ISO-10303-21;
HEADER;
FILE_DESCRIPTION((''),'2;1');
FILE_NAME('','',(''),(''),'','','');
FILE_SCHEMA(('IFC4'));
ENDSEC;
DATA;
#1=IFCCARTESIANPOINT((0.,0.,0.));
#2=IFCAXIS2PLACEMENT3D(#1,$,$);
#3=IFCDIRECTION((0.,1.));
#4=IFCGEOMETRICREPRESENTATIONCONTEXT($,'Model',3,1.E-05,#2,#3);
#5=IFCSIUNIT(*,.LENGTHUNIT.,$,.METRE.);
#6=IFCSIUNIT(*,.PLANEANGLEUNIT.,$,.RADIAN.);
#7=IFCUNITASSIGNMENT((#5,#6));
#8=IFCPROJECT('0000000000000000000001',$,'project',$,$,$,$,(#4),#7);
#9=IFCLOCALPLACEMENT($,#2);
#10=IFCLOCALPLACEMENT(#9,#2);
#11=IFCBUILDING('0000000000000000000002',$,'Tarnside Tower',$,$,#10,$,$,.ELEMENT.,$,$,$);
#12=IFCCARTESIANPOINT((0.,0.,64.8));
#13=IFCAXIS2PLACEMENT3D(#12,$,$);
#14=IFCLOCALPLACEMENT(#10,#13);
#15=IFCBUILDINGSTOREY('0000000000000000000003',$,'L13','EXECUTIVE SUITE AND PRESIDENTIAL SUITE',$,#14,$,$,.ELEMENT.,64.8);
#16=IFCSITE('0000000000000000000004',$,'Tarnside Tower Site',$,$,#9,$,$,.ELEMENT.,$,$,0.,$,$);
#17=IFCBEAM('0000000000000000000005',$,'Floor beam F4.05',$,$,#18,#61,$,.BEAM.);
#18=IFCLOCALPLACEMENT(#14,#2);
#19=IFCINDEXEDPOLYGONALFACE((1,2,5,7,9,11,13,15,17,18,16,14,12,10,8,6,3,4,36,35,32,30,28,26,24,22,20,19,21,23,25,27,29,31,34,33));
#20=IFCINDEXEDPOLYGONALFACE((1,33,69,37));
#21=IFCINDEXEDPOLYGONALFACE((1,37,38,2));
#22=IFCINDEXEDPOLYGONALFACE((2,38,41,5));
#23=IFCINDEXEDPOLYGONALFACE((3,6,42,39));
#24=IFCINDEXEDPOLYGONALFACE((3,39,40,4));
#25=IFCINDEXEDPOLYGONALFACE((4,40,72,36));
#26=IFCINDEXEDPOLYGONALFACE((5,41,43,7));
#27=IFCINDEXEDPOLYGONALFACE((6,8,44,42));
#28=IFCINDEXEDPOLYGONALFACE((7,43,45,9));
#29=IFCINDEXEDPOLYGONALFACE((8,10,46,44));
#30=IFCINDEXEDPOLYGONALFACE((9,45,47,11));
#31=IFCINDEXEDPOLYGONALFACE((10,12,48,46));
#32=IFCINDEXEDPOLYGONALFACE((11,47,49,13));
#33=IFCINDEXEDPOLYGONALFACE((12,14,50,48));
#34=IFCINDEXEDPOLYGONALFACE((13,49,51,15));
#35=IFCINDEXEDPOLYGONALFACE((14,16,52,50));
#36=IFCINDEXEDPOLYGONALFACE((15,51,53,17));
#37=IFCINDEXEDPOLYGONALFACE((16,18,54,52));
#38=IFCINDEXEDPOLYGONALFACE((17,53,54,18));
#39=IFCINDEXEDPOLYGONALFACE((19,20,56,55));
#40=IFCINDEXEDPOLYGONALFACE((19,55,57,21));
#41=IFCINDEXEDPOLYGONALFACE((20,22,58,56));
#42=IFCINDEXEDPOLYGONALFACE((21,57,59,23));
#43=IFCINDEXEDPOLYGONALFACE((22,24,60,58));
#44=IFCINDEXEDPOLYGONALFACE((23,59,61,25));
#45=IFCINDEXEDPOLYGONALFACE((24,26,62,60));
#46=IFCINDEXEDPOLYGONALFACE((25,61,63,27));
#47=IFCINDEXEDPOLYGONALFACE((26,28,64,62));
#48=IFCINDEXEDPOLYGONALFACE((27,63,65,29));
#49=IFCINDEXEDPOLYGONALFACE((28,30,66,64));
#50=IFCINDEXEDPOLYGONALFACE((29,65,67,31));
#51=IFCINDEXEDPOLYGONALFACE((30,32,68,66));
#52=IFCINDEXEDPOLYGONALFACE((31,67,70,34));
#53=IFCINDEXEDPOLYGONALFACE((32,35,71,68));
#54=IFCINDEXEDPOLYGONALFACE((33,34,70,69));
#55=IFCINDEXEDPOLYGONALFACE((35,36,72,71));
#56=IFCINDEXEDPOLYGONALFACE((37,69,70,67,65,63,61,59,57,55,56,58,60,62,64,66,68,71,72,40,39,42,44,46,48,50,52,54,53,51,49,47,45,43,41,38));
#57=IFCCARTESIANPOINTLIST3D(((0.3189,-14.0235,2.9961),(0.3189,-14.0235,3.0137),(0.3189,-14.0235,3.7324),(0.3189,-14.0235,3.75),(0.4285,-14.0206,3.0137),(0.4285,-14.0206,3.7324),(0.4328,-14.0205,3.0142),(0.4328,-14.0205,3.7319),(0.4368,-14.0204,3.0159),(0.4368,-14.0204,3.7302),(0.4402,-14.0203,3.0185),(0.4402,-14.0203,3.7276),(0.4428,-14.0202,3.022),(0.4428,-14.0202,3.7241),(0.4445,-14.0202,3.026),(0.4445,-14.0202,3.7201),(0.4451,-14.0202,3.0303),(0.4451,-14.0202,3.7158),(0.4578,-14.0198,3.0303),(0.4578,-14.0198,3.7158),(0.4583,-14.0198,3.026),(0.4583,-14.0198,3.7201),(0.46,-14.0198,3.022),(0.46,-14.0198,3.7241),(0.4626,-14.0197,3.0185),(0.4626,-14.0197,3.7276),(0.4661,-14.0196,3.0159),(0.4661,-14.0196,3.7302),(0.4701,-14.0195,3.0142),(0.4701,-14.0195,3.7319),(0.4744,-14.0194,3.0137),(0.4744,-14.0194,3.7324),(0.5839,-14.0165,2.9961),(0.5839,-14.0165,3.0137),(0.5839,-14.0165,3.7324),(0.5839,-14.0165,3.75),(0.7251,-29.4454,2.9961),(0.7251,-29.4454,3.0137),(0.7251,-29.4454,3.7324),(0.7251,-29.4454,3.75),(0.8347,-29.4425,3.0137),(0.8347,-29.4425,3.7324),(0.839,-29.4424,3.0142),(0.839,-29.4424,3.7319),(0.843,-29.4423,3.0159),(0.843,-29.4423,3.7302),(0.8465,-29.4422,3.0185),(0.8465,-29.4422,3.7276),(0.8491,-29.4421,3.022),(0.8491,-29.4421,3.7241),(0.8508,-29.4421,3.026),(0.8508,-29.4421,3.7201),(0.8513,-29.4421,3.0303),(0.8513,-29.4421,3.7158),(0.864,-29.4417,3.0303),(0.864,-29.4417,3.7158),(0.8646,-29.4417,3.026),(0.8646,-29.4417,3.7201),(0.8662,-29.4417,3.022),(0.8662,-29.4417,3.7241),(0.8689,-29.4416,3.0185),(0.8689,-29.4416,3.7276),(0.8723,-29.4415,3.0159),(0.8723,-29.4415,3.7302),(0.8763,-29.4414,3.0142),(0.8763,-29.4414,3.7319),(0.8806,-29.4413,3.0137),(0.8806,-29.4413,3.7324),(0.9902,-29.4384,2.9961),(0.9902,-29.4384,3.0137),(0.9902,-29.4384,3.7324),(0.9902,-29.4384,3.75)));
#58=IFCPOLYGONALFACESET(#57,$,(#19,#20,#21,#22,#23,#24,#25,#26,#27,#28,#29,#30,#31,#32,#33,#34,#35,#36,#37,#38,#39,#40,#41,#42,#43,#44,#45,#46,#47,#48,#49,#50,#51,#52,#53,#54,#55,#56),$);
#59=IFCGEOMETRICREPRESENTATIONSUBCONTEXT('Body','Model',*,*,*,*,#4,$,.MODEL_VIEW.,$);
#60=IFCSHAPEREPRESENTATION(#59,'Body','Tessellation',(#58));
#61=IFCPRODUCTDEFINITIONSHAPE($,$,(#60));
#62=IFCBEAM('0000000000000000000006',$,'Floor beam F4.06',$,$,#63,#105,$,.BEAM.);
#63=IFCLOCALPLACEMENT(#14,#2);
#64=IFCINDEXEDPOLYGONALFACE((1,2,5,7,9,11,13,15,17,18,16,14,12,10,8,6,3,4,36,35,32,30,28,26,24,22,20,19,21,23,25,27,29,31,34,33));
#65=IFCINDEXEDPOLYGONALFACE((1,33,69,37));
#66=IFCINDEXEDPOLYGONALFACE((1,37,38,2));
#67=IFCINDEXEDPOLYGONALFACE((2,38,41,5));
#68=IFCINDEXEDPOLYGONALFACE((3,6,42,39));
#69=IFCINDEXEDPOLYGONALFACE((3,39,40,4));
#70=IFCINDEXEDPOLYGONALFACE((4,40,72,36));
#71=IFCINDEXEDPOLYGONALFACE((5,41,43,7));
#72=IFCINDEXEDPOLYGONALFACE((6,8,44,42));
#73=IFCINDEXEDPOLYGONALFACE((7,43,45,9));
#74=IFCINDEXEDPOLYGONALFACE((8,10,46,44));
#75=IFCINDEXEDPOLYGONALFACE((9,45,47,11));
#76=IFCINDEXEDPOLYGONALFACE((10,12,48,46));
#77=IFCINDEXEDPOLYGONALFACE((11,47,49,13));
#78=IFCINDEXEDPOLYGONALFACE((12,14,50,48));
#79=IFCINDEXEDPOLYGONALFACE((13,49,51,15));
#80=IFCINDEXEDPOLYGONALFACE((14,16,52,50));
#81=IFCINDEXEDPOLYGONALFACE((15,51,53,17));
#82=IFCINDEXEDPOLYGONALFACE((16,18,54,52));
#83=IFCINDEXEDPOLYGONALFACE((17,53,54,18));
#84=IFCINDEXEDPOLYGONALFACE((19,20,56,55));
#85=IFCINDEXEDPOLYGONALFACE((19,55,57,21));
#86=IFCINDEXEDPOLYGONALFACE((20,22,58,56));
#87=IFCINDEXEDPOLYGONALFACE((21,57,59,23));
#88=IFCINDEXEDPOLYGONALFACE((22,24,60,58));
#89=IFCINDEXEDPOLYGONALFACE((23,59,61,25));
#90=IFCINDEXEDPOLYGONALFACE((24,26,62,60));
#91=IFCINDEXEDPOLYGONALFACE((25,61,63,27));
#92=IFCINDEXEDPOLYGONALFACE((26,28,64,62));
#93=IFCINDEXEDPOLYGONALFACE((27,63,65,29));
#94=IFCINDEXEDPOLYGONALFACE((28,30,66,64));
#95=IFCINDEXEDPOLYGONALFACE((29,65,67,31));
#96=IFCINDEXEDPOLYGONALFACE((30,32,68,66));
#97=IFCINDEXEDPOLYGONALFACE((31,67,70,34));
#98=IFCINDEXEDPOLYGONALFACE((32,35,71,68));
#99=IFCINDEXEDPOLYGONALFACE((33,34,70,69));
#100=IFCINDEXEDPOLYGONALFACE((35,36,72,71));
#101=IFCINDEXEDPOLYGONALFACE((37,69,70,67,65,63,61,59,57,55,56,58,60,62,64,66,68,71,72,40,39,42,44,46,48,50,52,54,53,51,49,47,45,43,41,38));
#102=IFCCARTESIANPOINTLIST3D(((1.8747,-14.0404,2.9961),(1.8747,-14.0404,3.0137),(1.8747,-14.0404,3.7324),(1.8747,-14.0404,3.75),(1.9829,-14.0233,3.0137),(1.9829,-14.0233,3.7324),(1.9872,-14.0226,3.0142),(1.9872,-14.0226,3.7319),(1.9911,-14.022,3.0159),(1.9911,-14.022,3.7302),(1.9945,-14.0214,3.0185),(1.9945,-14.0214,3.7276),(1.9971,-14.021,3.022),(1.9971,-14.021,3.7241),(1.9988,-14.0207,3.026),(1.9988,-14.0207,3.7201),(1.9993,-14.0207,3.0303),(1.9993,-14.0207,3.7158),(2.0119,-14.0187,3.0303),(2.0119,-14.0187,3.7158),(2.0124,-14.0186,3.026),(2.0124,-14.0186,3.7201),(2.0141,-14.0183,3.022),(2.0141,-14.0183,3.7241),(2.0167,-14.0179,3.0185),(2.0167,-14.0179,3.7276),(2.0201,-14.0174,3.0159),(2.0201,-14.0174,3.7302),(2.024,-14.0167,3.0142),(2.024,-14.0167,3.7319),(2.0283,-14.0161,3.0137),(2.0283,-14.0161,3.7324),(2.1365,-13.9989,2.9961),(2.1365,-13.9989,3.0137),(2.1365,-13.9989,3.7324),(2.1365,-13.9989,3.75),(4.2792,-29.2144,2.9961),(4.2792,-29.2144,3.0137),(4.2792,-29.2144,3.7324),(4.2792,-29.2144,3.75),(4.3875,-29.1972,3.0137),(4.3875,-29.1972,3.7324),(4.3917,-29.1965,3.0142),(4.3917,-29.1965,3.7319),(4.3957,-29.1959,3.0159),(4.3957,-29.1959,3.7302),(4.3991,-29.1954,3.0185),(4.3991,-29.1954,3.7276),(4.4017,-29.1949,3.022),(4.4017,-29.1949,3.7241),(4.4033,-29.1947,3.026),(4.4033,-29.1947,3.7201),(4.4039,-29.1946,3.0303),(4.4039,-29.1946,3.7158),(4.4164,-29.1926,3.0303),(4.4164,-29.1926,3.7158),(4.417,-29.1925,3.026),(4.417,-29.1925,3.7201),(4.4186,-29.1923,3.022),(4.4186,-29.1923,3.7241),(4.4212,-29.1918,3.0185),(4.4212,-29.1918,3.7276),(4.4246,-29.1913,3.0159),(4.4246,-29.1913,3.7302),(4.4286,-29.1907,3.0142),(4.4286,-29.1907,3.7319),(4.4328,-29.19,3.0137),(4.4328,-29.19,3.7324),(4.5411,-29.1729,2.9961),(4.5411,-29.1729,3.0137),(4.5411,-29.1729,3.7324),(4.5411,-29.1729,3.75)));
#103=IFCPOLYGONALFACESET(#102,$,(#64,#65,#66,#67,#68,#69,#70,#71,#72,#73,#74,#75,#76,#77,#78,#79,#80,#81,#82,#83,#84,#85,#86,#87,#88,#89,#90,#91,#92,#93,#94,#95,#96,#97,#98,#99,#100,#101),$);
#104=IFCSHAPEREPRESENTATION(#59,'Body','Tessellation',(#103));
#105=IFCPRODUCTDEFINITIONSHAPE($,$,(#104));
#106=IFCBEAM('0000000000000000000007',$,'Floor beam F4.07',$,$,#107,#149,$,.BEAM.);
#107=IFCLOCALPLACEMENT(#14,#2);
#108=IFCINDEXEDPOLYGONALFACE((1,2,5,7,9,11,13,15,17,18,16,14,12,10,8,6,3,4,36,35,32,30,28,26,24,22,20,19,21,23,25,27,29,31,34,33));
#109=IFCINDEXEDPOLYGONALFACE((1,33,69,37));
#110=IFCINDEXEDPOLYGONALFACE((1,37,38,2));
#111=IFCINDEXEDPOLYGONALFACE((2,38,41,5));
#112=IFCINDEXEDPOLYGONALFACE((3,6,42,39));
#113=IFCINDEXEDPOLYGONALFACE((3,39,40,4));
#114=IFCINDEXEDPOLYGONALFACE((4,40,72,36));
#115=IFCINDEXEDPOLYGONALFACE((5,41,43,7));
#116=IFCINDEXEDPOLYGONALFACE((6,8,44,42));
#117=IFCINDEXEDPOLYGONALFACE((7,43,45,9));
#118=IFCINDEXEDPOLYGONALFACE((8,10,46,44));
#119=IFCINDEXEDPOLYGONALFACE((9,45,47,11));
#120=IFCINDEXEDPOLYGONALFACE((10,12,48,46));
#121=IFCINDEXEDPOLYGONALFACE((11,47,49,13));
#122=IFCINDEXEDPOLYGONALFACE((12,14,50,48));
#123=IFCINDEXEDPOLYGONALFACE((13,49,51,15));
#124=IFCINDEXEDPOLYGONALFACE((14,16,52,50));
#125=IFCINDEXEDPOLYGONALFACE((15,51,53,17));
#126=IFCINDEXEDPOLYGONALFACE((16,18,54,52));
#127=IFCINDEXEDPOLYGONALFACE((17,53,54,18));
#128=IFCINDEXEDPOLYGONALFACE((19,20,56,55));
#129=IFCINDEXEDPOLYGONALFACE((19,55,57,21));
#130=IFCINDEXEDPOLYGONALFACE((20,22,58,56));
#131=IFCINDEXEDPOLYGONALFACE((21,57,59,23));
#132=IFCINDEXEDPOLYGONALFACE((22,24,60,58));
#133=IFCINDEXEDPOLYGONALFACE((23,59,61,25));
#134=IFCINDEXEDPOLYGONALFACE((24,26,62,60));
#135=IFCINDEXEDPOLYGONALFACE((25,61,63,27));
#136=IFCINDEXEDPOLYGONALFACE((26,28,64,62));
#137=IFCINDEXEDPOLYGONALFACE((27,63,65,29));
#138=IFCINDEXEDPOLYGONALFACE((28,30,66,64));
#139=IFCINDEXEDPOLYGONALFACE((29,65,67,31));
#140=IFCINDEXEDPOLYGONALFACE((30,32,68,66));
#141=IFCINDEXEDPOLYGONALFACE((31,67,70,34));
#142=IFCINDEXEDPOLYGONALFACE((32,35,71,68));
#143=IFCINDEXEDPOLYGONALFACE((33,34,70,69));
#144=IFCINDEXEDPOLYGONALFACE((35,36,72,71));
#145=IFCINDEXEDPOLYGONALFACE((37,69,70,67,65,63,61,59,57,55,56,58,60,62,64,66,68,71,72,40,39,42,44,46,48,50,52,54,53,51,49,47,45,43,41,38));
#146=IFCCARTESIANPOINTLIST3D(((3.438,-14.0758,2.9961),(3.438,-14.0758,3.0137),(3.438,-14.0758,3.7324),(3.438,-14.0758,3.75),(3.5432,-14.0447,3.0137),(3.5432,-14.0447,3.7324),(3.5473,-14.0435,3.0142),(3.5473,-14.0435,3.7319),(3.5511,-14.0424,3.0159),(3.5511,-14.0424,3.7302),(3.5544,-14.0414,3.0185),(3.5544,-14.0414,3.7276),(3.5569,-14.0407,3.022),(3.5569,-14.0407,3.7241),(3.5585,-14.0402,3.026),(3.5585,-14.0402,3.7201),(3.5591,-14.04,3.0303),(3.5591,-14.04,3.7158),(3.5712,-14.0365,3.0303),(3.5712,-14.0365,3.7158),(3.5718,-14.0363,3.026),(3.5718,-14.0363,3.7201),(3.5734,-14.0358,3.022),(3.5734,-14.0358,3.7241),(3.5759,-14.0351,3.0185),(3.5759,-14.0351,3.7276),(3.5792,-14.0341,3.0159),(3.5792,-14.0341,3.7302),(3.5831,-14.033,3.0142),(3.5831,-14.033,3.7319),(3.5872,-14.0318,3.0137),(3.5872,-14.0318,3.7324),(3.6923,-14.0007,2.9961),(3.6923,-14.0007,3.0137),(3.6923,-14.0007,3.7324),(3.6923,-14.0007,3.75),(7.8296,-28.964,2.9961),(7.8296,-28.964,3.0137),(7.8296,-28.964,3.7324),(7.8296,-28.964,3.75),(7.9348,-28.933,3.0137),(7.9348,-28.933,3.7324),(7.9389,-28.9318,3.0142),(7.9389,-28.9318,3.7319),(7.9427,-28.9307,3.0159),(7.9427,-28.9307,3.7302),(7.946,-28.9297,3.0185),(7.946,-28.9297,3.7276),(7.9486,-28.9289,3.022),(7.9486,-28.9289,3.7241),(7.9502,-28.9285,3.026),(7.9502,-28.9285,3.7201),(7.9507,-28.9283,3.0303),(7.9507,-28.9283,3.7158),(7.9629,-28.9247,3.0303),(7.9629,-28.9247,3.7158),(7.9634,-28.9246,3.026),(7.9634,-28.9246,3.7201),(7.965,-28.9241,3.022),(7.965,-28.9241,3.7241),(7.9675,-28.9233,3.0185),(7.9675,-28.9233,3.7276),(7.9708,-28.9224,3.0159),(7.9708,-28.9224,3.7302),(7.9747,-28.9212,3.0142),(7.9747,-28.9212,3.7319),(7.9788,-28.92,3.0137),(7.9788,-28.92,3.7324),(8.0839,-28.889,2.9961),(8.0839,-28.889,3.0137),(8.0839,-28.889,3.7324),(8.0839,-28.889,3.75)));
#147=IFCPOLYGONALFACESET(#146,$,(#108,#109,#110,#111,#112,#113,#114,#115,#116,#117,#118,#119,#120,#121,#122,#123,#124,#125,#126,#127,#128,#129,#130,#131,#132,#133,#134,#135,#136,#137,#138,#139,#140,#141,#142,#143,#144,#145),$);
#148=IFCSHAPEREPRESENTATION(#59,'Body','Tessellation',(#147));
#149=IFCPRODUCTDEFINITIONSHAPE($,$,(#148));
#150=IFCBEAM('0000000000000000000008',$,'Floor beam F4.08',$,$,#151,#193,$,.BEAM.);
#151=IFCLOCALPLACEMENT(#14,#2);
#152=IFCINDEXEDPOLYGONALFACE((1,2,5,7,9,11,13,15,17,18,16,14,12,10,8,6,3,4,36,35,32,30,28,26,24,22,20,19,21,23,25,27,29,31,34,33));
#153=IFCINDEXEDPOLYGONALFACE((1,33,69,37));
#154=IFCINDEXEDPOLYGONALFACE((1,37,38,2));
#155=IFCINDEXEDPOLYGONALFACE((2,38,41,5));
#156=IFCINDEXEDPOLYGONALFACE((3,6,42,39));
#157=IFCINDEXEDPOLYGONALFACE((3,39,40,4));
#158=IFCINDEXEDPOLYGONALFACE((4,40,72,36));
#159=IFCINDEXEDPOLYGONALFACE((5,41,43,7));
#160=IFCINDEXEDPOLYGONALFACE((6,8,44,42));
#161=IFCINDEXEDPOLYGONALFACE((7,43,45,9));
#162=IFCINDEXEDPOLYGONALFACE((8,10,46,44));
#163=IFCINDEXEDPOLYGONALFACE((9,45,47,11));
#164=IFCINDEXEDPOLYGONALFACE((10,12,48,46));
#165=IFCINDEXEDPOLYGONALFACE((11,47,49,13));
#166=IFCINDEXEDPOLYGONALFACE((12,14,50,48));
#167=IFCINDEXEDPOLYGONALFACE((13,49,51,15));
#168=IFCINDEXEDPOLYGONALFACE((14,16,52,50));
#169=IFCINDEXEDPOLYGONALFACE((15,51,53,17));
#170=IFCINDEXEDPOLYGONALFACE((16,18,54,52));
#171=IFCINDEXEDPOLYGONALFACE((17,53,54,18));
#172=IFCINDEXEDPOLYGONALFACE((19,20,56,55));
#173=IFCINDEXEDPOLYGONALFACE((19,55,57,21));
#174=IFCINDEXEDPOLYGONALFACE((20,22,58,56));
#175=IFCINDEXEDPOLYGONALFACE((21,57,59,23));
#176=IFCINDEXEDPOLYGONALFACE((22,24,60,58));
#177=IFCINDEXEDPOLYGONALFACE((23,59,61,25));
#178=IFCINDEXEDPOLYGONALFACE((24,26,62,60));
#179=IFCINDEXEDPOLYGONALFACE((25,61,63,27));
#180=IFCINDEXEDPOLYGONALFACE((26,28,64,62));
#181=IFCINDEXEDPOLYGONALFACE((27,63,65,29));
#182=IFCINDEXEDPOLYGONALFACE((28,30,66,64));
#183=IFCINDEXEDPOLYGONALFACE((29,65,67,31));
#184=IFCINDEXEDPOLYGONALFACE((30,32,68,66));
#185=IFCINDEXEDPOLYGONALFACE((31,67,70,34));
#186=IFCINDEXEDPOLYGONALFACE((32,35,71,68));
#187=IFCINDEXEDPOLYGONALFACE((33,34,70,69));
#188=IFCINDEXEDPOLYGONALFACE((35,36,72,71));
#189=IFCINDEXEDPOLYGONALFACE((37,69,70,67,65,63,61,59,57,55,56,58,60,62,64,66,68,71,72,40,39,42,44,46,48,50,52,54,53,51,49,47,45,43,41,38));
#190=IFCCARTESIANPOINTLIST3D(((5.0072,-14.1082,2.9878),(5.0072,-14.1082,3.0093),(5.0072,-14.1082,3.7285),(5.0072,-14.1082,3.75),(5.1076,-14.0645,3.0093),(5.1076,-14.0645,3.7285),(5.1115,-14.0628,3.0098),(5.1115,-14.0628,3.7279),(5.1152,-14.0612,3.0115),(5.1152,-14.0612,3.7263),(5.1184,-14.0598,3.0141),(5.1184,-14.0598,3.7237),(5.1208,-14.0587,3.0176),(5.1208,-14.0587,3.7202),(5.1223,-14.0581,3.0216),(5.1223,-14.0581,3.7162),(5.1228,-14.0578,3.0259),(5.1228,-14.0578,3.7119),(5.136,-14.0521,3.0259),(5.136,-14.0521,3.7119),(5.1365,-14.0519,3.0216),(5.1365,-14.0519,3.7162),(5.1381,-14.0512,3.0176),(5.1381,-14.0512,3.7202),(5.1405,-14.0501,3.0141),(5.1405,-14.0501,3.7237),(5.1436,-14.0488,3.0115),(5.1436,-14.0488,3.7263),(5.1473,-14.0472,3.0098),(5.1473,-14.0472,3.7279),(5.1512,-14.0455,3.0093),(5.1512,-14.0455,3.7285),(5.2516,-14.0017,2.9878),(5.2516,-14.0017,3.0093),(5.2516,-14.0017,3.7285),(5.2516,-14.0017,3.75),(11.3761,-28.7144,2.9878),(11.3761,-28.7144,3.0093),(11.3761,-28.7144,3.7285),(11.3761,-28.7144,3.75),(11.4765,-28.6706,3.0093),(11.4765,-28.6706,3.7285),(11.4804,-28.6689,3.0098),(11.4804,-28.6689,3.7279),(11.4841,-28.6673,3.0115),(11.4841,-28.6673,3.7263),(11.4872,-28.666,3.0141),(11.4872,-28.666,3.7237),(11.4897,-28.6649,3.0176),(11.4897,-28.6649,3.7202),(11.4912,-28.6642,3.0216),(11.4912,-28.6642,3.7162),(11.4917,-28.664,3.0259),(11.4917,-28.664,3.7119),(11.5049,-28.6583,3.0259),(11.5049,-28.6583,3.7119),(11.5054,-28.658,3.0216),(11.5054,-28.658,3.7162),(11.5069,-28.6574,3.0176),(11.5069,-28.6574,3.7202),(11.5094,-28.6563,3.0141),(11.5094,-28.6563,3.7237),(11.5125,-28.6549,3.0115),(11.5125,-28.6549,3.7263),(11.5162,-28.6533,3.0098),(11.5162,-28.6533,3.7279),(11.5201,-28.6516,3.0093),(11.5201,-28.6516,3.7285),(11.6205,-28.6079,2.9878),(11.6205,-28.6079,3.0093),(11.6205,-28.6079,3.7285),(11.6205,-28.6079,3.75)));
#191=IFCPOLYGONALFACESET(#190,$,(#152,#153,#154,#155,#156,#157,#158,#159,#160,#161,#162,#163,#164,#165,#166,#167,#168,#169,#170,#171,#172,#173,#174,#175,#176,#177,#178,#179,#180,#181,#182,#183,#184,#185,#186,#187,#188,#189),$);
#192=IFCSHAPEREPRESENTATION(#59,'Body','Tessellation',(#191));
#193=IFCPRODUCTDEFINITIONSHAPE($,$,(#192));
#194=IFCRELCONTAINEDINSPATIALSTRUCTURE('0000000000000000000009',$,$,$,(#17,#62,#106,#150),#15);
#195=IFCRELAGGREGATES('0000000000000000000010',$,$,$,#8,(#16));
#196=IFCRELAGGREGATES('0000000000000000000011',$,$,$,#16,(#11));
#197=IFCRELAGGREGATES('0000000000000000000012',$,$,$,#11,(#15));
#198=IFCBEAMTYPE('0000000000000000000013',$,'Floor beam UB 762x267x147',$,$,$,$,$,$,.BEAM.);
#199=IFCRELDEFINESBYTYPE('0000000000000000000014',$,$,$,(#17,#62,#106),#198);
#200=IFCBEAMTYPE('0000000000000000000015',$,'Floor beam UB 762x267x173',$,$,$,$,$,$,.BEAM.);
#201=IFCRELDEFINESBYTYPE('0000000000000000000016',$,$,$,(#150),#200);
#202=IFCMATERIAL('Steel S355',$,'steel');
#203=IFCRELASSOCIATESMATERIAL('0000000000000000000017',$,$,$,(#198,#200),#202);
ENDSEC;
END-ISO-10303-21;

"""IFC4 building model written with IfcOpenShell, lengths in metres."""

from ifc_helpers import new_model, si_unit, direction, frame, origin, origin_2d, place, context, subcontext, project, spatial, i_section, extrude, material, material_profile, profile_set, type_object, element, save


model = new_model("IFC4")

# Units and contexts
model_context = context("Model", 3, precision=1e-05, world=origin(), true_north=direction((0.0, 1.0)))
body_context = subcontext(model_context, "Body", "Model", "MODEL_VIEW")
ifc_project = project(units=[si_unit("LENGTHUNIT", "METRE"), si_unit("PLANEANGLEUNIT", "RADIAN")], contexts=[model_context])

# Site, building, storey
site_placement = place(None, origin())
site = spatial("IfcSite", under=ifc_project, at=site_placement, Name="Tarnside Tower Site", CompositionType="ELEMENT", RefElevation=0.0)
building_placement = place(site_placement, origin())
building = spatial("IfcBuilding", under=site, at=building_placement, Name="Tarnside Tower", CompositionType="ELEMENT")
storey_placement = place(building_placement, frame((0.0, 0.0, 64.8)))
storey = spatial("IfcBuildingStorey", under=building, at=storey_placement, Name="L13", Description="EXECUTIVE SUITE AND PRESIDENTIAL SUITE", CompositionType="ELEMENT", Elevation=64.8)

# Beams
ifc_material_1 = material(Name="Steel S355", Category="steel")
ifc_material_profile_1 = material_profile(ifc_material_1, i_section(OverallWidth=0.2651, OverallDepth=0.7539, WebThickness=0.0127, FlangeThickness=0.0176, FilletRadius=0.0166, at=origin_2d()), Name="UB 762x267x147")
ifc_profile_set_1 = profile_set([ifc_material_profile_1], Name="Steel S355")
beam_type_1 = type_object("IfcBeamType", Name="Floor beam UB 762x267x147", PredefinedType="BEAM", material=ifc_profile_set_1)
beam_1_placement = place(storey_placement, frame((0.8577, -29.4419, 3.373), z_axis=(-0.026333, 0.999653, 0.0), x_axis=(-0.999653, -0.026333, 0.0)))
element("IfcBeam", 1, at=beam_1_placement, inside=storey, type_object=beam_type_1, Name="Floor beam F4.05", PredefinedType="BEAM", context=body_context, shape_type="SweptSolid", body=[
    extrude(i_section(OverallWidth=0.2651, OverallDepth=0.7539, WebThickness=0.0127, FlangeThickness=0.0176, FilletRadius=0.0166, at=origin_2d()), origin(), (0.0, 0.0, 1.0), 15.4272),
])
beam_2_placement = place(storey_placement, frame((4.4102, -29.1936, 3.373), z_axis=(-0.156513, 0.987676, 0.0), x_axis=(-0.987676, -0.156513, 0.0)))
element("IfcBeam", 2, at=beam_2_placement, inside=storey, type_object=beam_type_1, Name="Floor beam F4.06", PredefinedType="BEAM", context=body_context, shape_type="SweptSolid", body=[
    extrude(i_section(OverallWidth=0.2651, OverallDepth=0.7539, WebThickness=0.0127, FlangeThickness=0.0176, FilletRadius=0.0166, at=origin_2d()), origin(), (0.0, 0.0, 1.0), 15.3633),
])
beam_3_placement = place(storey_placement, frame((7.9568, -28.9265, 3.373), z_axis=(-0.282921, 0.959143, 0.0), x_axis=(-0.959143, -0.282921, 0.0)))
element("IfcBeam", 3, at=beam_3_placement, inside=storey, type_object=beam_type_1, Name="Floor beam F4.07", PredefinedType="BEAM", context=body_context, shape_type="SweptSolid", body=[
    extrude(i_section(OverallWidth=0.2651, OverallDepth=0.7539, WebThickness=0.0127, FlangeThickness=0.0176, FilletRadius=0.0166, at=origin_2d()), origin(), (0.0, 0.0, 1.0), 15.5225),
])
ifc_material_profile_2 = material_profile(ifc_material_1, i_section(OverallWidth=0.2666, OverallDepth=0.7622, WebThickness=0.0144, FlangeThickness=0.0215, FilletRadius=0.0166, at=origin_2d()), Name="UB 762x267x173")
ifc_profile_set_2 = profile_set([ifc_material_profile_2], Name="Steel S355")
beam_type_2 = type_object("IfcBeamType", Name="Floor beam UB 762x267x173", PredefinedType="BEAM", material=ifc_profile_set_2)
beam_4_placement = place(storey_placement, frame((11.4983, -28.6611, 3.3689), z_axis=(-0.399696, 0.916648, 0.0), x_axis=(-0.916648, -0.399696, 0.0)))
element("IfcBeam", 4, at=beam_4_placement, inside=storey, type_object=beam_type_2, Name="Floor beam F4.08", PredefinedType="BEAM", context=body_context, shape_type="SweptSolid", body=[
    extrude(i_section(OverallWidth=0.2666, OverallDepth=0.7622, WebThickness=0.0144, FlangeThickness=0.0215, FilletRadius=0.0166, at=origin_2d()), origin(), (0.0, 0.0, 1.0), 15.9343),
])

save(model, "model.ifc")
